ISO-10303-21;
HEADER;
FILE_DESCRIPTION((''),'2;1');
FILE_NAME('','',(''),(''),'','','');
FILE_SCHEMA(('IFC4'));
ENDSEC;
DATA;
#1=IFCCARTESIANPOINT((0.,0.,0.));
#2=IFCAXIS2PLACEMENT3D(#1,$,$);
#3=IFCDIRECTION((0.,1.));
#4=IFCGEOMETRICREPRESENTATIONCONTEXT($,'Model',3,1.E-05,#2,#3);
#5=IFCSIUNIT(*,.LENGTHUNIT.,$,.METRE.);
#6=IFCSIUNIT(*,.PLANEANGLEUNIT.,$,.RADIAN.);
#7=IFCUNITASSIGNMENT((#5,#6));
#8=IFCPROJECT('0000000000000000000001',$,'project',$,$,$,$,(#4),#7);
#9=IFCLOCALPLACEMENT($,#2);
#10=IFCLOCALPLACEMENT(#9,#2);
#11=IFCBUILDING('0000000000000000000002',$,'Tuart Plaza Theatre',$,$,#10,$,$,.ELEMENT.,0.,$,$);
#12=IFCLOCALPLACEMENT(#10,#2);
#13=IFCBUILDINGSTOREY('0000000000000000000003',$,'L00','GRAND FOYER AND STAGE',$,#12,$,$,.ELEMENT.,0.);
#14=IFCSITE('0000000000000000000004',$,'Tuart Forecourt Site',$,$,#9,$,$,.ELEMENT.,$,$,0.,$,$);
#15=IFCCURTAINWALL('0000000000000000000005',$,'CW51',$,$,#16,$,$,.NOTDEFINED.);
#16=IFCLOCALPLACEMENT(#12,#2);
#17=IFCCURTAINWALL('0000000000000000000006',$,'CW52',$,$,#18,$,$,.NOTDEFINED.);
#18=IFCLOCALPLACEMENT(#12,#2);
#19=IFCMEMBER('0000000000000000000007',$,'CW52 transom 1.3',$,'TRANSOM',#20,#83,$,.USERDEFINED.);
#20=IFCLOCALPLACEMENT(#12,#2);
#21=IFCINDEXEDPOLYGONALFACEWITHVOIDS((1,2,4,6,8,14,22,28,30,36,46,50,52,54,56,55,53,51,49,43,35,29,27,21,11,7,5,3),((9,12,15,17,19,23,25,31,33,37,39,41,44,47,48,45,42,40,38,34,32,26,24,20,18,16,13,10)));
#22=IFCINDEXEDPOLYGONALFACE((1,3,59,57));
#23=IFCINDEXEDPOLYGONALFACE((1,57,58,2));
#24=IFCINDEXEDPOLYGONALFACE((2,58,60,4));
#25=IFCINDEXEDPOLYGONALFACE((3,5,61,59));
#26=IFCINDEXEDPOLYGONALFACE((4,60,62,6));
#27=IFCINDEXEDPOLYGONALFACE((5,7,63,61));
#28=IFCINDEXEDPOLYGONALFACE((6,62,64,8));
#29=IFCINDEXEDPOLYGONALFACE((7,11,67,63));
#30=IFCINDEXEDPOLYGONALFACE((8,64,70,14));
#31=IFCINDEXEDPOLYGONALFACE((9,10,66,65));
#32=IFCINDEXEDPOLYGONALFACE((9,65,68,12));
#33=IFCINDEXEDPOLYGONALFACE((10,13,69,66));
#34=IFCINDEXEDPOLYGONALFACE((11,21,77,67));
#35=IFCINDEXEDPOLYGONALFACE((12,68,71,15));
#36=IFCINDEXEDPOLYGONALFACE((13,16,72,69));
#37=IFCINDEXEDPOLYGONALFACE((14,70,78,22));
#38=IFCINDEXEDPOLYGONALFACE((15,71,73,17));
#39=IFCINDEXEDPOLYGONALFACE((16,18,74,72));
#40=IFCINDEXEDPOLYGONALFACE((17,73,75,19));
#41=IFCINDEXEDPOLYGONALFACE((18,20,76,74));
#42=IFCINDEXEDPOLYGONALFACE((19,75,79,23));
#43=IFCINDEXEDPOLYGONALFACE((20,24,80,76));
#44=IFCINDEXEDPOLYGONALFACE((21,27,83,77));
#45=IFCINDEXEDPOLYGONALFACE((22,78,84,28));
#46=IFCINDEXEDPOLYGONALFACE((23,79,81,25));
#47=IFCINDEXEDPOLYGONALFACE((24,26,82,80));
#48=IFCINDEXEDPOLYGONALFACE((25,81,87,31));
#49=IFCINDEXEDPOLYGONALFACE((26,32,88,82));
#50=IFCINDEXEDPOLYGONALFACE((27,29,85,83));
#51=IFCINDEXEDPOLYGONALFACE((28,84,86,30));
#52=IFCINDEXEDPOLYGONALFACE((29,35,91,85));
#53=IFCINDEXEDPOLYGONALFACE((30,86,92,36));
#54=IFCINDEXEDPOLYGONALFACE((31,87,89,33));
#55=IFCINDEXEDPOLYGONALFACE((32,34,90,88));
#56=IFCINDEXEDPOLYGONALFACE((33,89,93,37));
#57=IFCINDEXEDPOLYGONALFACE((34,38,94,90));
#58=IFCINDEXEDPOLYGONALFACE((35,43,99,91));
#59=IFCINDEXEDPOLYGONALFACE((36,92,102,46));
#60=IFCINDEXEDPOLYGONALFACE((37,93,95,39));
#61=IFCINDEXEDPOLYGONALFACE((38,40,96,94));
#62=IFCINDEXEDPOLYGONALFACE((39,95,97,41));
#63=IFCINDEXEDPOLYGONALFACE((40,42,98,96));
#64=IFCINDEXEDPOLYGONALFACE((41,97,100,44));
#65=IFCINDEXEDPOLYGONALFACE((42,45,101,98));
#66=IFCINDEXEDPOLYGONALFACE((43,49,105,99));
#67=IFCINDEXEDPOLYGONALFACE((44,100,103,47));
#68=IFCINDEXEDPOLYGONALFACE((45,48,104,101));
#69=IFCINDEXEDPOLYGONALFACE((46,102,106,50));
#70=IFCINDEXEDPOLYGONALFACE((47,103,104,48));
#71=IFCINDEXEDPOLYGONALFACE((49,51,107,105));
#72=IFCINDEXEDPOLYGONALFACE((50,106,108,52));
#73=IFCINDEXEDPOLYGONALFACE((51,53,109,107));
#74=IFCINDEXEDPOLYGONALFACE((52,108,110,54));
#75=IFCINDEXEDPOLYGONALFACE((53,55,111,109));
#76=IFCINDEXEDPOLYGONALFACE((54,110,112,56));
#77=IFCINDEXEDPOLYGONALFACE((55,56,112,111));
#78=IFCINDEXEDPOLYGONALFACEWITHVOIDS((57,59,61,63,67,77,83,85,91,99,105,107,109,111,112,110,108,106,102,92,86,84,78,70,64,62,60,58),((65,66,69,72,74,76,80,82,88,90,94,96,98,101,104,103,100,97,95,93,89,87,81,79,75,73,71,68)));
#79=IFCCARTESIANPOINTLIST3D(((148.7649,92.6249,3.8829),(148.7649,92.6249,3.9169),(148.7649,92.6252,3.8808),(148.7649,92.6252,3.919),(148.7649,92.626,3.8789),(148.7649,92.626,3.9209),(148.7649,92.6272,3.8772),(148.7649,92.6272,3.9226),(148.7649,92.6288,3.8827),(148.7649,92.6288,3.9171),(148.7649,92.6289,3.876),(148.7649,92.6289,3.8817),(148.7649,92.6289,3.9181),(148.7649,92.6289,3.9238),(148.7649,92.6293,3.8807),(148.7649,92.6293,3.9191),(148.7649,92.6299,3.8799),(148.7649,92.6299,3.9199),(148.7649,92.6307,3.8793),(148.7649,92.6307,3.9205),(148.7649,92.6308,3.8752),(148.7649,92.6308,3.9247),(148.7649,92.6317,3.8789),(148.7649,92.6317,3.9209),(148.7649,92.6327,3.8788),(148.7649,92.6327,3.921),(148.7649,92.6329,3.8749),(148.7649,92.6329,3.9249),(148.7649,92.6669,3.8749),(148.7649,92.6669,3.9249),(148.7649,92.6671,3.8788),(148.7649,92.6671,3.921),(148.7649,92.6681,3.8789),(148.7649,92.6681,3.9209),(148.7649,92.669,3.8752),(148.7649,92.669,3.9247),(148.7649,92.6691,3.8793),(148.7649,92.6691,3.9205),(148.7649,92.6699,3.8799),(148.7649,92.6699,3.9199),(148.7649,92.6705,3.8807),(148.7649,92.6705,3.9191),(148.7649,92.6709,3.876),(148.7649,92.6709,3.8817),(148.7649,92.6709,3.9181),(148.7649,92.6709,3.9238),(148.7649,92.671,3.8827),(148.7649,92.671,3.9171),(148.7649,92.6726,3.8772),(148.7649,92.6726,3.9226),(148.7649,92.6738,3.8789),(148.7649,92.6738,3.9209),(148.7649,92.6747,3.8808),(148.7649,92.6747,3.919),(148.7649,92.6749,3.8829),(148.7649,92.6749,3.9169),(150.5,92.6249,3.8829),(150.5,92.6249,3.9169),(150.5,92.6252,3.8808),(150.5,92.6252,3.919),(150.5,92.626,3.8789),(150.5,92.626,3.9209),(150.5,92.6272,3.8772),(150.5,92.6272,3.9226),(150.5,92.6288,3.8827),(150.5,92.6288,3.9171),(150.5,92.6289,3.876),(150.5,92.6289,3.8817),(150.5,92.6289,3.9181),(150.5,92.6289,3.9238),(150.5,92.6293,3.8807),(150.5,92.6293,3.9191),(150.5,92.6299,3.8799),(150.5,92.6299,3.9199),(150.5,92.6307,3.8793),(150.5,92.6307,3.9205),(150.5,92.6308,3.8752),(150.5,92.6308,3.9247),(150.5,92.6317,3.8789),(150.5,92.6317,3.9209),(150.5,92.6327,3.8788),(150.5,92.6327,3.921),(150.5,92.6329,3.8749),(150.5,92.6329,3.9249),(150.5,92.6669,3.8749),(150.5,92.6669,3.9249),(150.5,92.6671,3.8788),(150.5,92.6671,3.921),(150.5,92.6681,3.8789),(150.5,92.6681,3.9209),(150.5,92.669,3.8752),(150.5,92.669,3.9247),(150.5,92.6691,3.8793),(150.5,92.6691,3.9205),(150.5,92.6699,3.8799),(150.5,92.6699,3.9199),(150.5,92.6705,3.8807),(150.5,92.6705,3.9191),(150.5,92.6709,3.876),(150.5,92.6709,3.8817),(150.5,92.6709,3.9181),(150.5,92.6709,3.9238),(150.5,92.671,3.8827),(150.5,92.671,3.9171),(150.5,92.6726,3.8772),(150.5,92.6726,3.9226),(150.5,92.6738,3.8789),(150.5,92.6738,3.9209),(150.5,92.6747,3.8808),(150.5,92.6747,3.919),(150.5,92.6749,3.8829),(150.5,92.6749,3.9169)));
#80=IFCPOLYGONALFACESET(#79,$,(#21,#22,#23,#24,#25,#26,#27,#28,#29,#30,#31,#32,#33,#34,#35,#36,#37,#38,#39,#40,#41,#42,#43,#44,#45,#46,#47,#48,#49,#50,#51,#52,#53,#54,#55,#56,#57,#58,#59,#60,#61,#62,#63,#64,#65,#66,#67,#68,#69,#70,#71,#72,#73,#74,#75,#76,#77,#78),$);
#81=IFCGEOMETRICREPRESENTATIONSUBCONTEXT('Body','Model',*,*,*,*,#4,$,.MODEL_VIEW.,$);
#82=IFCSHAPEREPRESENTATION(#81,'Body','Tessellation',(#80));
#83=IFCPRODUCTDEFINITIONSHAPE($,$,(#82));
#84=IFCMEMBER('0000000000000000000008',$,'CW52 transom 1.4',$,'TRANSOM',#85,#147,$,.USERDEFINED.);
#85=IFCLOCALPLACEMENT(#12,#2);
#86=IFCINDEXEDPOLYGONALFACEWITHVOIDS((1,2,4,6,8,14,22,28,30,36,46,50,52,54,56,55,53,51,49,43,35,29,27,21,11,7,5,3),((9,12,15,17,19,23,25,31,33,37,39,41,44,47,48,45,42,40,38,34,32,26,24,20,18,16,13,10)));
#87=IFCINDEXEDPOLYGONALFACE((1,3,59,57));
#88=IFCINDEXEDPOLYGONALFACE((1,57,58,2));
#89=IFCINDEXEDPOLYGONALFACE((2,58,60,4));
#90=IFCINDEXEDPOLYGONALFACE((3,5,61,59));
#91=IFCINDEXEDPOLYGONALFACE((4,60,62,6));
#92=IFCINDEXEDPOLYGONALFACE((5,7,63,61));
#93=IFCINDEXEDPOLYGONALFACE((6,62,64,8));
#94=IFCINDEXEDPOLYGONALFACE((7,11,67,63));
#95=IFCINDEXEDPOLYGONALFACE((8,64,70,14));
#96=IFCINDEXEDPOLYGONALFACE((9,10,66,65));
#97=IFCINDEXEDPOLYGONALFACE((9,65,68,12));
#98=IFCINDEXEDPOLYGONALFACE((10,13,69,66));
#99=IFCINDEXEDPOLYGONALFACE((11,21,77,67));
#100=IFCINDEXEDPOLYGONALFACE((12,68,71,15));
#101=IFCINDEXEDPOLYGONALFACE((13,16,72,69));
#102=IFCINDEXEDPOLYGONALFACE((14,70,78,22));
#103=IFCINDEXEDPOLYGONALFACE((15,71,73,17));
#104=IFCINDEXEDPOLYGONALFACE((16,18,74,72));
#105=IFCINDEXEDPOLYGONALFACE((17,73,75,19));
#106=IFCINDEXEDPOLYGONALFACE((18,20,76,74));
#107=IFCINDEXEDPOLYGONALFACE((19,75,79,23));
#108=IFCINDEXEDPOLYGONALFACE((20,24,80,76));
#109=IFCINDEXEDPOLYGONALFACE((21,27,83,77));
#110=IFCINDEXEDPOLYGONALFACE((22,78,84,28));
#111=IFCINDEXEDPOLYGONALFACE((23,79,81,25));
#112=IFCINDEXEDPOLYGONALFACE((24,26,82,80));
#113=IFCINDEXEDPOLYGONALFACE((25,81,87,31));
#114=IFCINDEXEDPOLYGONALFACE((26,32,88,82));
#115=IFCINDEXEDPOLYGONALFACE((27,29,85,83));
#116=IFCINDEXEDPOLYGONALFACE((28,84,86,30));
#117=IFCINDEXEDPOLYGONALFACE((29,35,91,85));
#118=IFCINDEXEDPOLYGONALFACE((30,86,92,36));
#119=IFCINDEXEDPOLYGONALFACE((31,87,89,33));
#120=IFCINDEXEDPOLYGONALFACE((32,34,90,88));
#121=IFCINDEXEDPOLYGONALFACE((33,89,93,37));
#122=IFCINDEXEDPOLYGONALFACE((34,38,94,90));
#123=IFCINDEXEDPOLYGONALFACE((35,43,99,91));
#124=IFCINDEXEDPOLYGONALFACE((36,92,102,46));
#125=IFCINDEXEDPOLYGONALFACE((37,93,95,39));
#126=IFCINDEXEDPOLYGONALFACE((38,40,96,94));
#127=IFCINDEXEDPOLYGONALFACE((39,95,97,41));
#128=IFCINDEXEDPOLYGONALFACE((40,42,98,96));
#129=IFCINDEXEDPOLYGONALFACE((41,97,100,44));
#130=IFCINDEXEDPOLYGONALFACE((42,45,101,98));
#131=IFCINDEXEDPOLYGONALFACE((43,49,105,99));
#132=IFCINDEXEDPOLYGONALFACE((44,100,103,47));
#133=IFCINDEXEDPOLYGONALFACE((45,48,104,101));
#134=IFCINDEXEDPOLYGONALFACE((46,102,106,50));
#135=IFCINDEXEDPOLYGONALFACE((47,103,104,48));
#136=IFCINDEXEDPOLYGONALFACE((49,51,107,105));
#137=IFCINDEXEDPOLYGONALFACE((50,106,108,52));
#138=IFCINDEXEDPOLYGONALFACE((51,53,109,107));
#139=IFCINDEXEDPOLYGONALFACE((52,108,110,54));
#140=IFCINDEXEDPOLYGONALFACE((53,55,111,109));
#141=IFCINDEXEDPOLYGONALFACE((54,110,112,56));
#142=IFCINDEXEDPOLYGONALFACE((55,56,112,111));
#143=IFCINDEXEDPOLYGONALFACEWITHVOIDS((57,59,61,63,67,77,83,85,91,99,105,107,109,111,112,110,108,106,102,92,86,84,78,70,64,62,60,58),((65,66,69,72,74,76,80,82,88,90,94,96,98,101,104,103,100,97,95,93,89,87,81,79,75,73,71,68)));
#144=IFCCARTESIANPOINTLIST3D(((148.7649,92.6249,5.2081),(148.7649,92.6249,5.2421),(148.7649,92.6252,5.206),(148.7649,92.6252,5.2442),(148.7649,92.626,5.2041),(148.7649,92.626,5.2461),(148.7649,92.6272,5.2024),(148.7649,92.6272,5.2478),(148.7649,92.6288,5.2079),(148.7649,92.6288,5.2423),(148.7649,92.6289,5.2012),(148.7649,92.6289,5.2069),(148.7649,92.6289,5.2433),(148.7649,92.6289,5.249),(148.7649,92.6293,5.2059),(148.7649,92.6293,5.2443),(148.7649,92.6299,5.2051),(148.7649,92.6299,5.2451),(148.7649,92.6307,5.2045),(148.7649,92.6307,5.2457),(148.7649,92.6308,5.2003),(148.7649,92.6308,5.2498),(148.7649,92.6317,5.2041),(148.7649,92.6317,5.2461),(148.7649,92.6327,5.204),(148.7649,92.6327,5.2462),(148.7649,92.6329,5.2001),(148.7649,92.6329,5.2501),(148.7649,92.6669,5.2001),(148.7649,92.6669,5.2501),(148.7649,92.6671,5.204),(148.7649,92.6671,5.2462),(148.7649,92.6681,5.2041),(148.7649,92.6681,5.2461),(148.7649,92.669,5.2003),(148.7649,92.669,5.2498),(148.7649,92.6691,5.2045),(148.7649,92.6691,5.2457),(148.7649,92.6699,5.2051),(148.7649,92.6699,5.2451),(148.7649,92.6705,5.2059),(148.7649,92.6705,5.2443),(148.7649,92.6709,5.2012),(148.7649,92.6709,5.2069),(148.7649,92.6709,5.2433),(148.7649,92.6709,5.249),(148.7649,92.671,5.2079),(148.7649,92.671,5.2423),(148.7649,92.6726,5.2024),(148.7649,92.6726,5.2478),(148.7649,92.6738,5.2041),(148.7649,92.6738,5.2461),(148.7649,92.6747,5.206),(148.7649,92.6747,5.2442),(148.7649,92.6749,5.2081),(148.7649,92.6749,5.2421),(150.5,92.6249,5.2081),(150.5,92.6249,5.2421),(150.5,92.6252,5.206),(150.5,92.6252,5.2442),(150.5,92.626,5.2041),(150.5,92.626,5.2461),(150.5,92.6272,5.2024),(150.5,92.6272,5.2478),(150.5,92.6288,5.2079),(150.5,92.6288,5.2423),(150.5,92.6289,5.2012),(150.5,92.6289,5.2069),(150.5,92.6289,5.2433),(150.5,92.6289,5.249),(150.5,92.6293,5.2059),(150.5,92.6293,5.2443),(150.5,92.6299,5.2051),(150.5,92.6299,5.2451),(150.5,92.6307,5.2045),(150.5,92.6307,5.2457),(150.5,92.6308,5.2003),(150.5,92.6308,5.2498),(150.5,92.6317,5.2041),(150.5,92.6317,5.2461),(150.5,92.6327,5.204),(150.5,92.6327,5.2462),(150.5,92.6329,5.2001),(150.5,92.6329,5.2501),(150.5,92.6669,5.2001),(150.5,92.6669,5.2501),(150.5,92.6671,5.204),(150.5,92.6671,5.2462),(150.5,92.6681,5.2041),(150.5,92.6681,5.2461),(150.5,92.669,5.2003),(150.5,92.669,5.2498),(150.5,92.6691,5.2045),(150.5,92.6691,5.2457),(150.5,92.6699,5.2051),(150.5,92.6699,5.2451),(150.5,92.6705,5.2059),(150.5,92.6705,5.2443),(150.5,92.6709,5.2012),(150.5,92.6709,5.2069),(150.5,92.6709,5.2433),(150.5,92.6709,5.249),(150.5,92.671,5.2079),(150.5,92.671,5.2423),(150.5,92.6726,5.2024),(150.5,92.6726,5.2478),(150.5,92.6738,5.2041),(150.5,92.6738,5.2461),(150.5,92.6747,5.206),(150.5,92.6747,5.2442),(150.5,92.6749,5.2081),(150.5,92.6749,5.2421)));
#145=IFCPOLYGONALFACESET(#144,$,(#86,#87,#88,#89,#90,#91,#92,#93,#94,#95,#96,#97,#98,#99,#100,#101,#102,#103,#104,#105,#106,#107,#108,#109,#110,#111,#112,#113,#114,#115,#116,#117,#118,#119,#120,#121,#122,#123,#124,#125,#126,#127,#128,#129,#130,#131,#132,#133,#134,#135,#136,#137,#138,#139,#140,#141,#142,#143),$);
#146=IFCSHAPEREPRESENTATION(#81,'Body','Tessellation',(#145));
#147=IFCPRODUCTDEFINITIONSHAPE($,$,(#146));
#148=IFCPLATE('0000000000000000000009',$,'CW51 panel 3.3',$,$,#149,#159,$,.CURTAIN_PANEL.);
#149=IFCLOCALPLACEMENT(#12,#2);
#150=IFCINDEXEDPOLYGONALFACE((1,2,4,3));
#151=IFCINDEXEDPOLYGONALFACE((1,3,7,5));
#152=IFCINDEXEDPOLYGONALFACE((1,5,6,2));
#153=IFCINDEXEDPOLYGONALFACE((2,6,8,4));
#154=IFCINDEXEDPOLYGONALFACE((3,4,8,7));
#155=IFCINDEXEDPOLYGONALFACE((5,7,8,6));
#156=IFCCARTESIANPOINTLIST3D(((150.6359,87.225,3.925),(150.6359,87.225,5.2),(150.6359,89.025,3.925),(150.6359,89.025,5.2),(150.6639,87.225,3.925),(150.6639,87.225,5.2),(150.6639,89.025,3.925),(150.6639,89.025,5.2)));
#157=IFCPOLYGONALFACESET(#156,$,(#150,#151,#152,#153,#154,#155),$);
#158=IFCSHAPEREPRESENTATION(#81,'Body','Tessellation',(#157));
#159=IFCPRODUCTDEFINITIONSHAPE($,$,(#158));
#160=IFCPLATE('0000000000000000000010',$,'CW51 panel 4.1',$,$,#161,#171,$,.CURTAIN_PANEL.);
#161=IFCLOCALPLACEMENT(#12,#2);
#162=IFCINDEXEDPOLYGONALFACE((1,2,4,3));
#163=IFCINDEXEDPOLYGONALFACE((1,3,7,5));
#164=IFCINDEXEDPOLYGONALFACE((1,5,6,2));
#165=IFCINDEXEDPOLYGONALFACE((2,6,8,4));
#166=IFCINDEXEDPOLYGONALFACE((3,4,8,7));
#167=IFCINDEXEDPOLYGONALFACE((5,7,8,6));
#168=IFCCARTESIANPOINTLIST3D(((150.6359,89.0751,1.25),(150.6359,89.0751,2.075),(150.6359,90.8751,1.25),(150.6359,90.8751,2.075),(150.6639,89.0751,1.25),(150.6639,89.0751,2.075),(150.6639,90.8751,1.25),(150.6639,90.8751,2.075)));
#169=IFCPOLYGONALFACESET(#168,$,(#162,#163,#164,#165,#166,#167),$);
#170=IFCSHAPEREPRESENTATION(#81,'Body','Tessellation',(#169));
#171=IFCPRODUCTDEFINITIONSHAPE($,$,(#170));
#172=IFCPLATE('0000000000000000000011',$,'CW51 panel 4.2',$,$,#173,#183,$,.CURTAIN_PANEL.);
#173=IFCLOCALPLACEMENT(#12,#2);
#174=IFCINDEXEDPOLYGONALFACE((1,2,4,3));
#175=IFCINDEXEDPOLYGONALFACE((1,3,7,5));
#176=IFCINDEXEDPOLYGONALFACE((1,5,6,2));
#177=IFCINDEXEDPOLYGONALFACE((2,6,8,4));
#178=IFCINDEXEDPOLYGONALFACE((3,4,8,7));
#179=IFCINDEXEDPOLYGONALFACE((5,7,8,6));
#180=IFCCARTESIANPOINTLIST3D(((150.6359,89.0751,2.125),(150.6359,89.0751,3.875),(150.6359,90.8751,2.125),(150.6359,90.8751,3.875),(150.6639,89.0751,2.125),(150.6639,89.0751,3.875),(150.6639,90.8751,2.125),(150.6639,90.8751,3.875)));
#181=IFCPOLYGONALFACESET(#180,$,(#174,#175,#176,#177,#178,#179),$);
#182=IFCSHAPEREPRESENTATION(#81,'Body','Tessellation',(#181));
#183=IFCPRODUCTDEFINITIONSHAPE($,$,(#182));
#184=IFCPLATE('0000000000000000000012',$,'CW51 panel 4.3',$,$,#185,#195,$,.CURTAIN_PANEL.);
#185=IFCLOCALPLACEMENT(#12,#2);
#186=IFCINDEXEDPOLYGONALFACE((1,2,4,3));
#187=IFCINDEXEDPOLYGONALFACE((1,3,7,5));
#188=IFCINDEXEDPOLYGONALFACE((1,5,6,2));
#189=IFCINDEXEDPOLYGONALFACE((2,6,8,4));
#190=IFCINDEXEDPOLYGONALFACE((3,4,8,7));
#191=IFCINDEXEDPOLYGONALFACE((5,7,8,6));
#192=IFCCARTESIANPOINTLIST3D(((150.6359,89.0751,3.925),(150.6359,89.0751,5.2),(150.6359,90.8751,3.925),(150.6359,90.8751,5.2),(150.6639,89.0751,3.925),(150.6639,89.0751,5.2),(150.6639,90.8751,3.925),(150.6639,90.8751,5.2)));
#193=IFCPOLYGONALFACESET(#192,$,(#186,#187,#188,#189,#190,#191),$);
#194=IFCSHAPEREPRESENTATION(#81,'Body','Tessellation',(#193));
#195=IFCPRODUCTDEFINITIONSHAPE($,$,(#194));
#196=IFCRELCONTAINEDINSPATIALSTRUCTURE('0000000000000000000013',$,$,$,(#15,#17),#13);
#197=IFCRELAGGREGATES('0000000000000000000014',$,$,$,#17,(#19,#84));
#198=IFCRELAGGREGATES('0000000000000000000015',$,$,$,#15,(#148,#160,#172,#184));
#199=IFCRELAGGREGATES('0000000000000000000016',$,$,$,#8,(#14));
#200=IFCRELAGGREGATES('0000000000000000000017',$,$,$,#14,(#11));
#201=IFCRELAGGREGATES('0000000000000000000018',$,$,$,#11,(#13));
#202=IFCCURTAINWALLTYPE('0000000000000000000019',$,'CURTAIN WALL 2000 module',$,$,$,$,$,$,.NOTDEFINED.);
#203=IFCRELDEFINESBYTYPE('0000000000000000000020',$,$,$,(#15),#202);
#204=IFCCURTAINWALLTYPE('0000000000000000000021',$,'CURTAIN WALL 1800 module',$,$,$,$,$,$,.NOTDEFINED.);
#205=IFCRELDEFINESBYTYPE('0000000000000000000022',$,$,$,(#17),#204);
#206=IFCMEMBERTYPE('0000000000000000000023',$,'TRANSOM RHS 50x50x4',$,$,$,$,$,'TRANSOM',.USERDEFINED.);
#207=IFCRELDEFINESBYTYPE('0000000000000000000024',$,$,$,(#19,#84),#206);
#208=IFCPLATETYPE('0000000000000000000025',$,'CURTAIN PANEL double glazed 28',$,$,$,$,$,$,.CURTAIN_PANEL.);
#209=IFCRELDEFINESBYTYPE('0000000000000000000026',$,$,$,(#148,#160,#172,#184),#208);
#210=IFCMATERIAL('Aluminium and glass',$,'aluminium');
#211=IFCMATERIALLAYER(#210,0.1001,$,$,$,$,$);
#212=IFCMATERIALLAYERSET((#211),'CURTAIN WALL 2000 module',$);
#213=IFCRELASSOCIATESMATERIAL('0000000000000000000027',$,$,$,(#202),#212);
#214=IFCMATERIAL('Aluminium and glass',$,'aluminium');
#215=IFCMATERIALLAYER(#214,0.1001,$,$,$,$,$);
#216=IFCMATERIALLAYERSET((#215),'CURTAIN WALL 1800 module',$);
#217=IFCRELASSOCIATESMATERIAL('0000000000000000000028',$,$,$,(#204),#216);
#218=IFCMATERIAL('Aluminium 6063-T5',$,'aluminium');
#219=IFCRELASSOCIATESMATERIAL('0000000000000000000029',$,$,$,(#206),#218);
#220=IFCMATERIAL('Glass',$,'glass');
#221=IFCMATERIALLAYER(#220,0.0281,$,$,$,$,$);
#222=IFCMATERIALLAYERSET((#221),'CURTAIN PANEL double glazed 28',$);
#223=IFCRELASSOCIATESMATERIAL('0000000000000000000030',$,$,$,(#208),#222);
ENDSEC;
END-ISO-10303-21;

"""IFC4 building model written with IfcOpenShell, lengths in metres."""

from ifc_helpers import new_model, si_unit, direction, frame, origin, origin_2d, place, context, subcontext, project, spatial, rectangle, hollow_rectangle, extrude, material, layer, layer_set, material_profile, profile_set, type_object, element, aggregate, save


model = new_model("IFC4")

# Units and contexts
model_context = context("Model", 3, precision=1e-05, world=origin(), true_north=direction((0.0, 1.0)))
body_context = subcontext(model_context, "Body", "Model", "MODEL_VIEW")
ifc_project = project(units=[si_unit("LENGTHUNIT", "METRE"), si_unit("PLANEANGLEUNIT", "RADIAN")], contexts=[model_context])

# Site, building, storey
site_placement = place(None, origin())
site = spatial("IfcSite", under=ifc_project, at=site_placement, Name="Tuart Forecourt Site", CompositionType="ELEMENT", RefElevation=0.0)
building_placement = place(site_placement, origin())
building = spatial("IfcBuilding", under=site, at=building_placement, Name="Tuart Plaza Theatre", CompositionType="ELEMENT", ElevationOfRefHeight=0.0)
storey_placement = place(building_placement, origin())
storey = spatial("IfcBuildingStorey", under=building, at=storey_placement, Name="L00", Description="GRAND FOYER AND STAGE", CompositionType="ELEMENT", Elevation=0.0)

# Curtain wall
ifc_material_1 = material(Name="Aluminium and glass", Category="aluminium")
ifc_layer_1 = layer(ifc_material_1, 0.1001)
ifc_layer_set_1 = layer_set([ifc_layer_1], Name="CURTAIN WALL 2000 module")
curtain_wall_type_1 = type_object("IfcCurtainWallType", Name="CURTAIN WALL 2000 module", PredefinedType="NOTDEFINED", material=ifc_layer_set_1)
curtain_wall_1_placement = place(storey_placement, origin())
curtain_wall_1 = element("IfcCurtainWall", 1, at=curtain_wall_1_placement, inside=storey, type_object=curtain_wall_type_1, Name="CW51", PredefinedType="NOTDEFINED")

# Curtain wall
ifc_material_2 = material(Name="Aluminium and glass", Category="aluminium")
ifc_layer_2 = layer(ifc_material_2, 0.1001)
ifc_layer_set_2 = layer_set([ifc_layer_2], Name="CURTAIN WALL 1800 module")
curtain_wall_type_2 = type_object("IfcCurtainWallType", Name="CURTAIN WALL 1800 module", PredefinedType="NOTDEFINED", material=ifc_layer_set_2)
curtain_wall_2_placement = place(storey_placement, origin())
curtain_wall_2 = element("IfcCurtainWall", 2, at=curtain_wall_2_placement, inside=storey, type_object=curtain_wall_type_2, Name="CW52", PredefinedType="NOTDEFINED")

# Members
ifc_material_3 = material(Name="Aluminium 6063-T5", Category="aluminium")
ifc_material_profile_1 = material_profile(ifc_material_3, hollow_rectangle(XDim=0.05, YDim=0.05, WallThickness=0.0039, InnerFilletRadius=0.0039, OuterFilletRadius=0.0081, at=origin_2d()), Name="RHS 50x50x4")
ifc_profile_set_1 = profile_set([ifc_material_profile_1], Name="Aluminium 6063-T5")
member_type_1 = type_object("IfcMemberType", Name="TRANSOM RHS 50x50x4", ElementType="TRANSOM", PredefinedType="USERDEFINED", material=ifc_profile_set_1)
member_1_placement = place(storey_placement, frame((150.5, 92.6499, 3.8999), z_axis=(-1.0, 0.0, 0.0), x_axis=(0.0, -1.0, 0.0)))
member_1 = element("IfcMember", 3, at=member_1_placement, type_object=member_type_1, Name="CW52 transom 1.3", ObjectType="TRANSOM", PredefinedType="USERDEFINED", context=body_context, shape_type="SweptSolid", body=[
    extrude(hollow_rectangle(XDim=0.05, YDim=0.05, WallThickness=0.0039, InnerFilletRadius=0.0039, OuterFilletRadius=0.0081, at=origin_2d()), origin(), (0.0, 0.0, 1.0), 1.7351),
])
member_2_placement = place(storey_placement, frame((150.5, 92.6499, 5.2251), z_axis=(-1.0, 0.0, 0.0), x_axis=(0.0, -1.0, 0.0)))
member_2 = element("IfcMember", 4, at=member_2_placement, type_object=member_type_1, Name="CW52 transom 1.4", ObjectType="TRANSOM", PredefinedType="USERDEFINED", context=body_context, shape_type="SweptSolid", body=[
    extrude(hollow_rectangle(XDim=0.05, YDim=0.05, WallThickness=0.0039, InnerFilletRadius=0.0039, OuterFilletRadius=0.0081, at=origin_2d()), origin(), (0.0, 0.0, 1.0), 1.7351),
])
aggregate(curtain_wall_2, [member_1, member_2])

# Plates
ifc_material_4 = material(Name="Glass", Category="glass")
ifc_layer_3 = layer(ifc_material_4, 0.0281)
ifc_layer_set_3 = layer_set([ifc_layer_3], Name="CURTAIN PANEL double glazed 28")
plate_type = type_object("IfcPlateType", Name="CURTAIN PANEL double glazed 28", PredefinedType="CURTAIN_PANEL", material=ifc_layer_set_3)
plate_1_placement = place(storey_placement, frame((150.6499, 88.125, 3.925), z_axis=(0.0, 0.0, 1.0), x_axis=(0.0, 1.0, 0.0)))
plate_1 = element("IfcPlate", 5, at=plate_1_placement, type_object=plate_type, Name="CW51 panel 3.3", PredefinedType="CURTAIN_PANEL", context=body_context, shape_type="SweptSolid", body=[
    extrude(rectangle(XDim=1.8, YDim=0.0281, at=origin_2d()), origin(), (0.0, 0.0, 1.0), 1.2749),
])
plate_2_placement = place(storey_placement, frame((150.6499, 89.9751, 1.25), z_axis=(0.0, 0.0, 1.0), x_axis=(0.0, 1.0, 0.0)))
plate_2 = element("IfcPlate", 6, at=plate_2_placement, type_object=plate_type, Name="CW51 panel 4.1", PredefinedType="CURTAIN_PANEL", context=body_context, shape_type="SweptSolid", body=[
    extrude(rectangle(XDim=1.8, YDim=0.0281, at=origin_2d()), origin(), (0.0, 0.0, 1.0), 0.825),
])
plate_3_placement = place(storey_placement, frame((150.6499, 89.9751, 2.125), z_axis=(0.0, 0.0, 1.0), x_axis=(0.0, 1.0, 0.0)))
plate_3 = element("IfcPlate", 7, at=plate_3_placement, type_object=plate_type, Name="CW51 panel 4.2", PredefinedType="CURTAIN_PANEL", context=body_context, shape_type="SweptSolid", body=[
    extrude(rectangle(XDim=1.8, YDim=0.0281, at=origin_2d()), origin(), (0.0, 0.0, 1.0), 1.75),
])
plate_4_placement = place(storey_placement, frame((150.6499, 89.9751, 3.925), z_axis=(0.0, 0.0, 1.0), x_axis=(0.0, 1.0, 0.0)))
plate_4 = element("IfcPlate", 8, at=plate_4_placement, type_object=plate_type, Name="CW51 panel 4.3", PredefinedType="CURTAIN_PANEL", context=body_context, shape_type="SweptSolid", body=[
    extrude(rectangle(XDim=1.8, YDim=0.0281, at=origin_2d()), origin(), (0.0, 0.0, 1.0), 1.2749),
])
aggregate(curtain_wall_1, [plate_1, plate_2, plate_3, plate_4])

save(model, "model.ifc")
